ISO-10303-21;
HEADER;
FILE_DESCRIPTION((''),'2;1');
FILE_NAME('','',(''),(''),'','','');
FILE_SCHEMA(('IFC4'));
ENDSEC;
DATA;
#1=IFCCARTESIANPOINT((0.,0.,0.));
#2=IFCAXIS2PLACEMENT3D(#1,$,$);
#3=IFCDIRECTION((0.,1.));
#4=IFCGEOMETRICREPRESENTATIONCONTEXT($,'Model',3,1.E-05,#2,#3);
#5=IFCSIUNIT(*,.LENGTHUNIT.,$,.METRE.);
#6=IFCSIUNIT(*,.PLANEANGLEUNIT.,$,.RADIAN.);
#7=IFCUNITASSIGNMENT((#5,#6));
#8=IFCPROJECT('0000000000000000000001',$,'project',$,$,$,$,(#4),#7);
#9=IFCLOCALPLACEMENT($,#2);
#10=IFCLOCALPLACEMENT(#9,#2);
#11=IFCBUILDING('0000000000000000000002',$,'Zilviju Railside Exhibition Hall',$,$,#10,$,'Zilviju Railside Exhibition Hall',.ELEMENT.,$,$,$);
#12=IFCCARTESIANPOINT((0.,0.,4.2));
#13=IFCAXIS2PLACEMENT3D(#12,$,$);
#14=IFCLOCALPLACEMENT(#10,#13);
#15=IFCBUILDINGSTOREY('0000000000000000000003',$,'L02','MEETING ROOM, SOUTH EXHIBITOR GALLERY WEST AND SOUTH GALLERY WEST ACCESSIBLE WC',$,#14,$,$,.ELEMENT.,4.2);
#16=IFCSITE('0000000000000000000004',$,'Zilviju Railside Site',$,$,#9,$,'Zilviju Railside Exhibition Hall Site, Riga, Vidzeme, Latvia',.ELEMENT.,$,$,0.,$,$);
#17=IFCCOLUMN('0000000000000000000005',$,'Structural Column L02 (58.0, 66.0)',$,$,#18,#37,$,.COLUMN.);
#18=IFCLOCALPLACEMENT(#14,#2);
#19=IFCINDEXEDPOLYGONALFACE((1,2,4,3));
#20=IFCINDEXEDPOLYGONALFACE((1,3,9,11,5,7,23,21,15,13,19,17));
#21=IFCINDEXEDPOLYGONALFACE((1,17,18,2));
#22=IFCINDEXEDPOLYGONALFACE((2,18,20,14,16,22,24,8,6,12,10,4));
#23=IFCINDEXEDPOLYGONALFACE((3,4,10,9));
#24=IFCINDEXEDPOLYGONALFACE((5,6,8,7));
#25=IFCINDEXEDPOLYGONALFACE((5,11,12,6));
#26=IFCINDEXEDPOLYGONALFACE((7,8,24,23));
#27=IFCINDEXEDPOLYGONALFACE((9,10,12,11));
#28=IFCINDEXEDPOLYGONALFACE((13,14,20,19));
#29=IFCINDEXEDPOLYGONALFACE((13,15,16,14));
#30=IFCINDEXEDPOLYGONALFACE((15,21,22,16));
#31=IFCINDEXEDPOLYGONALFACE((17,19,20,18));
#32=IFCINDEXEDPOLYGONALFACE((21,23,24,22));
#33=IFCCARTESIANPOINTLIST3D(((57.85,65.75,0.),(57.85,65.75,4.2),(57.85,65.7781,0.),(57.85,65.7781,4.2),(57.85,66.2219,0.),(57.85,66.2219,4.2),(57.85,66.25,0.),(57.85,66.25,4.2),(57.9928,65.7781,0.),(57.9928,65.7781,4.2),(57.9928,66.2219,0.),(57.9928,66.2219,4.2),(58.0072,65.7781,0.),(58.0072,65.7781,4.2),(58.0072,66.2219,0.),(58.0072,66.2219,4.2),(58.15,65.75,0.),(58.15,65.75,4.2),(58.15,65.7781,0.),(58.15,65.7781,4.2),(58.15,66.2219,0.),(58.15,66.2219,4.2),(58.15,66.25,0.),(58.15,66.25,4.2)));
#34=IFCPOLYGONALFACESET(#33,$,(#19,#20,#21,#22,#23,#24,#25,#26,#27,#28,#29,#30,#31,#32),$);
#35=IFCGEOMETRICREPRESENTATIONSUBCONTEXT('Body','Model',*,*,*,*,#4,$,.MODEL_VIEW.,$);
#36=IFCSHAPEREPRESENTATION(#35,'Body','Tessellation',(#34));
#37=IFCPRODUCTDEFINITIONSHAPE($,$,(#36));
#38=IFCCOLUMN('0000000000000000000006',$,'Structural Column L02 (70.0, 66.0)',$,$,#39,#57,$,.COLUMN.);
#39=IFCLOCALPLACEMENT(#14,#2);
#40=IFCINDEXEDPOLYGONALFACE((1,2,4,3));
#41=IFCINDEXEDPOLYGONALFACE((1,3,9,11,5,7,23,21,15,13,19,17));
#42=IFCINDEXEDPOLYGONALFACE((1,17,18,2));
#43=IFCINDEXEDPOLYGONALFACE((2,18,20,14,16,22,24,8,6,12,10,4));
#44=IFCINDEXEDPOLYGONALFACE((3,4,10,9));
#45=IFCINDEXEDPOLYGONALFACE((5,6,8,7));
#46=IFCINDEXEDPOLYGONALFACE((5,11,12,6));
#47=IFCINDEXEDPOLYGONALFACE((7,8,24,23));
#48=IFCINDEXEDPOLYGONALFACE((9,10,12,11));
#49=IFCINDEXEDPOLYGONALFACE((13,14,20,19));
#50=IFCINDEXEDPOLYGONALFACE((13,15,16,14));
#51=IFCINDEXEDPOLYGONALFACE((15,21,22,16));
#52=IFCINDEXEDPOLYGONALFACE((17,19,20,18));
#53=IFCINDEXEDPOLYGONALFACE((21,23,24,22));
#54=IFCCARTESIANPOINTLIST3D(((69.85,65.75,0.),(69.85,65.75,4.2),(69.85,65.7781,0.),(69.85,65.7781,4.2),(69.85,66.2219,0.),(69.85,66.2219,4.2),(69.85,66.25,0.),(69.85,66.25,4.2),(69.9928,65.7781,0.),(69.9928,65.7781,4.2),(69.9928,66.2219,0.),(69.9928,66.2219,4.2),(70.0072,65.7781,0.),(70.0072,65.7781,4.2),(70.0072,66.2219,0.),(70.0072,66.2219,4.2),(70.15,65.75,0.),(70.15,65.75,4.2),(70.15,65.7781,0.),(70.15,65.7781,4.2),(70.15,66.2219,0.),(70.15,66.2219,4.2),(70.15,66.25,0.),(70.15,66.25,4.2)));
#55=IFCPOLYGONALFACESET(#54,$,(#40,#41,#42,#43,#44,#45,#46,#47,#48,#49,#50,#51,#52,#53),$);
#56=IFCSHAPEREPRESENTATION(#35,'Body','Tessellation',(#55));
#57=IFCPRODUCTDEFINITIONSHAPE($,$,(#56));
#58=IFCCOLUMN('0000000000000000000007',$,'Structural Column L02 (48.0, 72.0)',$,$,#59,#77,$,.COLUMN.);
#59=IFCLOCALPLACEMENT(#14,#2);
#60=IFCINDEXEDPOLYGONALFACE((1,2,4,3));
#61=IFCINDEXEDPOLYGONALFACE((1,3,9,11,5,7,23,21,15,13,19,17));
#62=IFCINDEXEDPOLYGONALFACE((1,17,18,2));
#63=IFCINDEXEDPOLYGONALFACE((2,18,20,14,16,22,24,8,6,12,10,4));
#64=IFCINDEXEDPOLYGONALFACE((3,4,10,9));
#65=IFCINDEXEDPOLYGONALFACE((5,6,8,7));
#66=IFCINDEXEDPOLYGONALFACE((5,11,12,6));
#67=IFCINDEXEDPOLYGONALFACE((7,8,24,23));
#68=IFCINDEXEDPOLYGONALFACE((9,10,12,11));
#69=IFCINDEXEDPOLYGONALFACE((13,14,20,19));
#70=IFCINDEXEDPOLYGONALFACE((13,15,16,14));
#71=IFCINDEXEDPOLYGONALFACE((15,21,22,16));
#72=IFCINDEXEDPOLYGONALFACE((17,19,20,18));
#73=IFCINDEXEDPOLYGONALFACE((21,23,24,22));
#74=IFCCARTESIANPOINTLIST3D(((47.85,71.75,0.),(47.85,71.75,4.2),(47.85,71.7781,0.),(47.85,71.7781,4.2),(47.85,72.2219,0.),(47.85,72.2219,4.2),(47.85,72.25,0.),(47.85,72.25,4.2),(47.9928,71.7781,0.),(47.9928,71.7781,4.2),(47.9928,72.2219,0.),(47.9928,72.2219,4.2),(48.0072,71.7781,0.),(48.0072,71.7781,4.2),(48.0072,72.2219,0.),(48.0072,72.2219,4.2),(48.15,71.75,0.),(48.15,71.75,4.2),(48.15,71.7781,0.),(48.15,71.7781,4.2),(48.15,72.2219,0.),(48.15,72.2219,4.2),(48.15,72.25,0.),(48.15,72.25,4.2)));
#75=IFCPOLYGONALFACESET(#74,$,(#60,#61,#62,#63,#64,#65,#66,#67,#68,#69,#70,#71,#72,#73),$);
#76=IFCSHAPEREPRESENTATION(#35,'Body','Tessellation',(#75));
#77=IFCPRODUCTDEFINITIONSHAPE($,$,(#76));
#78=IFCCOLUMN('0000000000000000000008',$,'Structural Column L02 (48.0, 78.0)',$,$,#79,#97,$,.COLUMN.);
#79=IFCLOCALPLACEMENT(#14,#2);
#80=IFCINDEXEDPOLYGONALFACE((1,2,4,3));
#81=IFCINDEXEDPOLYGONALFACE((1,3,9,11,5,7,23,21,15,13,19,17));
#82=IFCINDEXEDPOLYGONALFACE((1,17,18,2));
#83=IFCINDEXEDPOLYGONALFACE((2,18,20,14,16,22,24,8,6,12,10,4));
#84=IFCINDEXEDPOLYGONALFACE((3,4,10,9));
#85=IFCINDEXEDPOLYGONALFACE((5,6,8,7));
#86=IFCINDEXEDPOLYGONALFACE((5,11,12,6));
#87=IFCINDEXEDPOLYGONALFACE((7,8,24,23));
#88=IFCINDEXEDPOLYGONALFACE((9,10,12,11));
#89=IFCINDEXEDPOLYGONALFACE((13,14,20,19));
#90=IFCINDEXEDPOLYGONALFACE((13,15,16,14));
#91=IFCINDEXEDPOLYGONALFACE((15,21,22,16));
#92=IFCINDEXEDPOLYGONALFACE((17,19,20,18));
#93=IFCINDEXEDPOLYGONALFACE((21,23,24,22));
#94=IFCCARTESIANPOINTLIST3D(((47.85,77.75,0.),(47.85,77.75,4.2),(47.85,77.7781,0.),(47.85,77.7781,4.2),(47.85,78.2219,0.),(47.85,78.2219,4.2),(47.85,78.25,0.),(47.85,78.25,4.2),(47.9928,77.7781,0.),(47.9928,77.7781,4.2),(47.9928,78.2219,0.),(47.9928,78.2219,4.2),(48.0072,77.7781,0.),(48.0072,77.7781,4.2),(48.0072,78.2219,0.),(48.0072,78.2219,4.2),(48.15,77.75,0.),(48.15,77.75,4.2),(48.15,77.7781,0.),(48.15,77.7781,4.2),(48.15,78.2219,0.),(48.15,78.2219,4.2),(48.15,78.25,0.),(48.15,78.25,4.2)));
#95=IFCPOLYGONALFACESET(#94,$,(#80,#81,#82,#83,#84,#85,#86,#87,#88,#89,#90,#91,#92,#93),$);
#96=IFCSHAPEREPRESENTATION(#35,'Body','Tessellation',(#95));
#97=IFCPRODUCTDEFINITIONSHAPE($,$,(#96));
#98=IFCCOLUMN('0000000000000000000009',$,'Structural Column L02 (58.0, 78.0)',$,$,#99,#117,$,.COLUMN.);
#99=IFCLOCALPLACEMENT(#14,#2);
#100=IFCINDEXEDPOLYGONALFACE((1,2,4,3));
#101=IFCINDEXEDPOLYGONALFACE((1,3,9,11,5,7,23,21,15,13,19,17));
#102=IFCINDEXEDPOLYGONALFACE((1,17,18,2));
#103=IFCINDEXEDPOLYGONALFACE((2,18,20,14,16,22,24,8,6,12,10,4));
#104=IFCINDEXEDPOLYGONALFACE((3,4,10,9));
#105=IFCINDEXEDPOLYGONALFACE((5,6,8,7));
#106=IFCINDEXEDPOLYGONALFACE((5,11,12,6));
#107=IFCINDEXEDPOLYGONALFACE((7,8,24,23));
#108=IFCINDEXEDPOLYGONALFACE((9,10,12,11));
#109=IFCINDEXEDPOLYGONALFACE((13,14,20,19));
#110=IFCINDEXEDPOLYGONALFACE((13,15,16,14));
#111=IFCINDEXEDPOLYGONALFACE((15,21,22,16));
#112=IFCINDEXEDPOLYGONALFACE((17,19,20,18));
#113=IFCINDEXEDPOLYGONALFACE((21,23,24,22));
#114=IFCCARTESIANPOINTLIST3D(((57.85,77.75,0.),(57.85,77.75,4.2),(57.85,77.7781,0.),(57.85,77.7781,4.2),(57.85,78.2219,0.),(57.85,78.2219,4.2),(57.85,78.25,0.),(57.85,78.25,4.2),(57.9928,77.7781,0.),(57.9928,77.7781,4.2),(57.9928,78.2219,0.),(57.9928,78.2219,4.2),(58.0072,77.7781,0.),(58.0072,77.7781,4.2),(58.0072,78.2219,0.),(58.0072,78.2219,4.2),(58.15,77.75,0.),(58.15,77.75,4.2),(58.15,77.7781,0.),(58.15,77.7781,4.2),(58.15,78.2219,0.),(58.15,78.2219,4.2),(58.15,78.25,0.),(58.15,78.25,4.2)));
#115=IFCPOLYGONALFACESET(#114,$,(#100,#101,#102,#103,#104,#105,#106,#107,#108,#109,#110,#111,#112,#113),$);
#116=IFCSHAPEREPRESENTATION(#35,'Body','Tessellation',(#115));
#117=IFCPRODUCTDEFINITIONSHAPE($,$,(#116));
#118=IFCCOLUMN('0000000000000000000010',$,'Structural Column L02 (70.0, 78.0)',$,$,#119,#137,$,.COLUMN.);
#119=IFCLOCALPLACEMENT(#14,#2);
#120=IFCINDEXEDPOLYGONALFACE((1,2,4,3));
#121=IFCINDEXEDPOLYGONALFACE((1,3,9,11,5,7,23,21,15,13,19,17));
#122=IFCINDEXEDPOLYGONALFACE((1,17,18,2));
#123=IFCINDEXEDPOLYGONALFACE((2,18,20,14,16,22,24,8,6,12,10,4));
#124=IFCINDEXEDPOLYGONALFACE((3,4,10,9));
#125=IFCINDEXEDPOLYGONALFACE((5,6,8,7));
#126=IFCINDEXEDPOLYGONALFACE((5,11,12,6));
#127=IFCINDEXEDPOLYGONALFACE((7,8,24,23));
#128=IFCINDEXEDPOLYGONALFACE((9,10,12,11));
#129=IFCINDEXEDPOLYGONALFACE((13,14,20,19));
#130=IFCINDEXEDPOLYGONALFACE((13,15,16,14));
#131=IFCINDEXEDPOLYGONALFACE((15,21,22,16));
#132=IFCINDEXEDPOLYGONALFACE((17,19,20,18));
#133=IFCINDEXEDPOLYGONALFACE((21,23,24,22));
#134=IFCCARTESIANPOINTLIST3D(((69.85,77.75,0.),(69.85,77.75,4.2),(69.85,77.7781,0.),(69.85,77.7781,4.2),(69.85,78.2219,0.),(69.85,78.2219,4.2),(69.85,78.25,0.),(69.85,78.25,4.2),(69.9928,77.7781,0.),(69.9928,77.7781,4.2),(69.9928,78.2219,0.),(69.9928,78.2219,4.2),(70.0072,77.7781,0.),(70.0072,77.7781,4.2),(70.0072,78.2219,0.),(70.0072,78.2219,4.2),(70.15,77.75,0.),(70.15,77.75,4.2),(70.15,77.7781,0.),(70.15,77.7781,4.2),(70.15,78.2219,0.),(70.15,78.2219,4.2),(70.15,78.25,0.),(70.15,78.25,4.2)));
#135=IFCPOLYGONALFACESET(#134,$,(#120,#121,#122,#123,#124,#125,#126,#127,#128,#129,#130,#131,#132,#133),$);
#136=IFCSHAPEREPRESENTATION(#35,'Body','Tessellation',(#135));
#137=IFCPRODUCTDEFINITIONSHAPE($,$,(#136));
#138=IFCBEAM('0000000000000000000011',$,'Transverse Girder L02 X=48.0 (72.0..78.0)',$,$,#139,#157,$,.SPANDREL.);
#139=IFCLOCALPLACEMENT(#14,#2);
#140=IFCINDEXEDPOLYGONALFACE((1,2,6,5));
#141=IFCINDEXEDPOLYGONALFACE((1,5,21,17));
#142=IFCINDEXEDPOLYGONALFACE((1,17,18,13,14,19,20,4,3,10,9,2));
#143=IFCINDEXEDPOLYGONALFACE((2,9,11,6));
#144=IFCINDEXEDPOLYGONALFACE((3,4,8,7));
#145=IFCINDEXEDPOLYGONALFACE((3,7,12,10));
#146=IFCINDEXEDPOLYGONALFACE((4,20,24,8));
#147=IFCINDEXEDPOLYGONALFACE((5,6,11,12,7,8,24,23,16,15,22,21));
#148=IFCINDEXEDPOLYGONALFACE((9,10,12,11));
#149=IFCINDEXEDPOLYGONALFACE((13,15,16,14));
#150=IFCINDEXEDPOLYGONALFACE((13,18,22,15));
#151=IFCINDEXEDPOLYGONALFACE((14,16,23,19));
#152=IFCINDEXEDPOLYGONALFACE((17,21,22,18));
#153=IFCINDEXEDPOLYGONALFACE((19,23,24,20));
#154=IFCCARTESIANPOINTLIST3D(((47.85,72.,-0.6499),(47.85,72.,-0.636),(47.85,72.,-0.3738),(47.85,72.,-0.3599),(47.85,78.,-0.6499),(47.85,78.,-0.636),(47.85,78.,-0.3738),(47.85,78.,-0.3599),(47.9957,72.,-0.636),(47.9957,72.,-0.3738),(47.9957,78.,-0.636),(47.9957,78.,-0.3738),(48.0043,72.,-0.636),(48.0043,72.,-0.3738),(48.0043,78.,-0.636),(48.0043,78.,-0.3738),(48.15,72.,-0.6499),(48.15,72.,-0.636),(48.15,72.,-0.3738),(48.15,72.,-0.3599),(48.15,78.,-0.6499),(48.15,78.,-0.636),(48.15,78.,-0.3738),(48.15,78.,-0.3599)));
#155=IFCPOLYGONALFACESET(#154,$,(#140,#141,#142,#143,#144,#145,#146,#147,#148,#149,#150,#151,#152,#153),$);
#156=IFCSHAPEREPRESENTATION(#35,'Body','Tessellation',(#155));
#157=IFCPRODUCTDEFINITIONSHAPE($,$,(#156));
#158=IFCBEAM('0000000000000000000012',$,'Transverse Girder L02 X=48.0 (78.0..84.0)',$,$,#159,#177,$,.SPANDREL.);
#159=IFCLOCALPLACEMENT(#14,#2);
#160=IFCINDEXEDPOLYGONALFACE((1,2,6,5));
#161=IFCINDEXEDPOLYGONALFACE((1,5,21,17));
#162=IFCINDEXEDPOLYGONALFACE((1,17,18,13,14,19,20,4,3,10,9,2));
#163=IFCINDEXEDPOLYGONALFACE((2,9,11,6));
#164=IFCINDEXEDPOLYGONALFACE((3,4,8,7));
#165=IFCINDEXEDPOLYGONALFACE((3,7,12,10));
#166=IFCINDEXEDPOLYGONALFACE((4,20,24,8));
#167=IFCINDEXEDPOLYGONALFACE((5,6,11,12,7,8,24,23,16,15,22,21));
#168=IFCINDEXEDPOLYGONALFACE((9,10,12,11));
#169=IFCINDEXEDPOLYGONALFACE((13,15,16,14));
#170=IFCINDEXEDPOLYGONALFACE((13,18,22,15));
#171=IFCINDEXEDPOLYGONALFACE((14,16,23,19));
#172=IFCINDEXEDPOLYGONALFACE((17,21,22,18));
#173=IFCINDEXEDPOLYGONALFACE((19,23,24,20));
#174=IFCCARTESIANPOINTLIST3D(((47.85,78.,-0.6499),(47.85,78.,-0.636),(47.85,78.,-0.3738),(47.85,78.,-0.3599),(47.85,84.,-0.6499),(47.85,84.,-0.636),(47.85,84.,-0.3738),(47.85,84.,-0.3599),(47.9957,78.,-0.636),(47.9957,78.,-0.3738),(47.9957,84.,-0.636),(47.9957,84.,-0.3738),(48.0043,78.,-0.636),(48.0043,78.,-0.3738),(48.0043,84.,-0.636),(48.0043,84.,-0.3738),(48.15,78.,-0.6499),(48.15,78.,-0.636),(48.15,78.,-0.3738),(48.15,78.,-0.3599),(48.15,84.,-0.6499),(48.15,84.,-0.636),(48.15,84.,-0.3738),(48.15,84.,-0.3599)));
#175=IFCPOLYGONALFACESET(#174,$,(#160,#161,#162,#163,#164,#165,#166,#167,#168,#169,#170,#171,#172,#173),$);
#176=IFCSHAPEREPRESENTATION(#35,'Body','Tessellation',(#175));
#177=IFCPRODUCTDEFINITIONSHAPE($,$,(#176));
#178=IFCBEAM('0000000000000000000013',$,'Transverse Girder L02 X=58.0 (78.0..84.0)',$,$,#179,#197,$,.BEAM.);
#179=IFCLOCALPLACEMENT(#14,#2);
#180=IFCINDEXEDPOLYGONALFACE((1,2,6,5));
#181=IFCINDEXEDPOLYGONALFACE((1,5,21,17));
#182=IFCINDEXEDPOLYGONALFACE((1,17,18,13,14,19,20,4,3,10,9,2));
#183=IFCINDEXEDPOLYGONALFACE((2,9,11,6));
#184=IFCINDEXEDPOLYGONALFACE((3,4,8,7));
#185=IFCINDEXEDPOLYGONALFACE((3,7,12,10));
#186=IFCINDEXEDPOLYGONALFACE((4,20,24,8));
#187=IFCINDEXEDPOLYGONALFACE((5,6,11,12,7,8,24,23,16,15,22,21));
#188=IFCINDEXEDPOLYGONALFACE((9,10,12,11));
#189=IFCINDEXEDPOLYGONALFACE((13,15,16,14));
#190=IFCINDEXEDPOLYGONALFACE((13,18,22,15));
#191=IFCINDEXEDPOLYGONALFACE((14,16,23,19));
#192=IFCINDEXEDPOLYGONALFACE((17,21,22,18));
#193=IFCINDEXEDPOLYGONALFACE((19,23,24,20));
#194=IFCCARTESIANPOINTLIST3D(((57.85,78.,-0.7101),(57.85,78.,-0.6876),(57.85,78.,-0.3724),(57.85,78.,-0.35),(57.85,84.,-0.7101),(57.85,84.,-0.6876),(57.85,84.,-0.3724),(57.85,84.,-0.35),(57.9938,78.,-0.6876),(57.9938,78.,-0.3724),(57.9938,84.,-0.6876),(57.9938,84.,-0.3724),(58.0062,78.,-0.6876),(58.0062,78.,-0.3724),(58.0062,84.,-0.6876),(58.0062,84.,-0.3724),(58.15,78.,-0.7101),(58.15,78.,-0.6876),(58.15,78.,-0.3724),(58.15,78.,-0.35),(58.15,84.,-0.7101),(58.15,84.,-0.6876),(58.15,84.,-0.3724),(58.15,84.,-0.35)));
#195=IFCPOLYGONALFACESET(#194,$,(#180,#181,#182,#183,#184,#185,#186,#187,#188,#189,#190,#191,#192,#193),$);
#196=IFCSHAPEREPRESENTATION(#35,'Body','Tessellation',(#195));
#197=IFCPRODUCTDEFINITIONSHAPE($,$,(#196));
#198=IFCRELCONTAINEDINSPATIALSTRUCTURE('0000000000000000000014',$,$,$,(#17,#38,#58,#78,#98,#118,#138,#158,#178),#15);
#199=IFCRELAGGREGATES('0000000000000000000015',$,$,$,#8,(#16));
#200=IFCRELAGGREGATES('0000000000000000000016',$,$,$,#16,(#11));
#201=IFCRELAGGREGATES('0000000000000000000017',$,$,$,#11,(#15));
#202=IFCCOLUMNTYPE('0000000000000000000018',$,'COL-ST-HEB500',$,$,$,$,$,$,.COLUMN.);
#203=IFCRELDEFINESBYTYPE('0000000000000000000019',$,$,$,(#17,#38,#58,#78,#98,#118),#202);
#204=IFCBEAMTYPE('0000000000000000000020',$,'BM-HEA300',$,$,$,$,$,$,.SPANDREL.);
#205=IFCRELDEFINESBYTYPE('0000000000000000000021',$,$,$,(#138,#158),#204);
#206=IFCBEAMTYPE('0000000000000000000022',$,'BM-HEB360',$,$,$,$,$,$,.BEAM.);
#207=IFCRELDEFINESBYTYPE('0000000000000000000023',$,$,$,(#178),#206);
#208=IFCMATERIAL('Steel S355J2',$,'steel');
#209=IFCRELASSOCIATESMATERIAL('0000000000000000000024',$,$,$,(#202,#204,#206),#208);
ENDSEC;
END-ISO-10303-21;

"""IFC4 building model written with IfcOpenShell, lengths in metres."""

from ifc_helpers import new_model, si_unit, direction, frame, origin, origin_2d, place, context, subcontext, project, spatial, i_section, extrude, material, material_profile, profile_set, type_object, element, save


model = new_model("IFC4")

# Units and contexts
model_context = context("Model", 3, precision=1e-05, world=origin(), true_north=direction((0.0, 1.0)))
body_context = subcontext(model_context, "Body", "Model", "MODEL_VIEW")
ifc_project = project(units=[si_unit("LENGTHUNIT", "METRE"), si_unit("PLANEANGLEUNIT", "RADIAN")], contexts=[model_context])

# Site, building, storey
site_placement = place(None, origin())
site = spatial("IfcSite", under=ifc_project, at=site_placement, Name="Zilviju Railside Site", LongName="Zilviju Railside Exhibition Hall Site, Riga, Vidzeme, Latvia", CompositionType="ELEMENT", RefElevation=0.0)
building_placement = place(site_placement, origin())
building = spatial("IfcBuilding", under=site, at=building_placement, Name="Zilviju Railside Exhibition Hall", LongName="Zilviju Railside Exhibition Hall", CompositionType="ELEMENT")
storey_placement = place(building_placement, frame((0.0, 0.0, 4.2)))
storey = spatial("IfcBuildingStorey", under=building, at=storey_placement, Name="L02", Description="MEETING ROOM, SOUTH EXHIBITOR GALLERY WEST AND SOUTH GALLERY WEST ACCESSIBLE WC", CompositionType="ELEMENT", Elevation=4.2)

# Columns
ifc_material_1 = material(Name="Steel S355J2", Category="steel")
ifc_material_profile_1 = material_profile(ifc_material_1, i_section(OverallWidth=0.3, OverallDepth=0.5, WebThickness=0.0144, FlangeThickness=0.0281, at=origin_2d()), Name="HEB 500")
ifc_profile_set_1 = profile_set([ifc_material_profile_1], Name="Steel S355J2")
column_type = type_object("IfcColumnType", Name="COL-ST-HEB500", PredefinedType="COLUMN", material=ifc_profile_set_1)
for number, where, z_axis, x_axis, name in (
    (1, (58.0, 66.0, 0.0), (0.0, 0.0, 1.0), (1.0, 0.0, 0.0), "Structural Column L02 (58.0, 66.0)"),
    (2, (70.0, 66.0, 0.0), (0.0, 0.0, 1.0), (1.0, 0.0, 0.0), "Structural Column L02 (70.0, 66.0)"),
    (3, (48.0, 72.0, 0.0), (0.0, 0.0, 1.0), (1.0, 0.0, 0.0), "Structural Column L02 (48.0, 72.0)"),
    (4, (48.0, 78.0, 0.0), (0.0, 0.0, 1.0), (1.0, 0.0, 0.0), "Structural Column L02 (48.0, 78.0)"),
    (5, (58.0, 78.0, 0.0), (0.0, 0.0, 1.0), (1.0, 0.0, 0.0), "Structural Column L02 (58.0, 78.0)"),
    (6, (70.0, 78.0, 0.0), (0.0, 0.0, 1.0), (1.0, 0.0, 0.0), "Structural Column L02 (70.0, 78.0)"),
):
    element("IfcColumn", number, at=place(storey_placement, frame(where, z_axis=z_axis, x_axis=x_axis)), inside=storey, type_object=column_type, Name=name, PredefinedType="COLUMN", context=body_context, shape_type="SweptSolid", body=[
        extrude(i_section(OverallWidth=0.3, OverallDepth=0.5, WebThickness=0.0144, FlangeThickness=0.0281, at=origin_2d()), origin(), (0.0, 0.0, 1.0), 4.2),
    ])

# Beams
ifc_material_profile_2 = material_profile(ifc_material_1, i_section(OverallWidth=0.3, OverallDepth=0.29, WebThickness=0.0085, FlangeThickness=0.0139, at=origin_2d()), Name="HEA 300")
ifc_profile_set_2 = profile_set([ifc_material_profile_2], Name="Steel S355J2")
beam_type_1 = type_object("IfcBeamType", Name="BM-HEA300", PredefinedType="SPANDREL", material=ifc_profile_set_2)
for number, where, z_axis, x_axis, name in (
    (7, (48.0, 72.0, -0.5049), (0.0, 1.0, 0.0), (-1.0, 0.0, 0.0), "Transverse Girder L02 X=48.0 (72.0..78.0)"),
    (8, (48.0, 78.0, -0.5049), (0.0, 1.0, 0.0), (-1.0, 0.0, 0.0), "Transverse Girder L02 X=48.0 (78.0..84.0)"),
):
    element("IfcBeam", number, at=place(storey_placement, frame(where, z_axis=z_axis, x_axis=x_axis)), inside=storey, type_object=beam_type_1, Name=name, PredefinedType="SPANDREL", context=body_context, shape_type="SweptSolid", body=[
        extrude(i_section(OverallWidth=0.3, OverallDepth=0.29, WebThickness=0.0085, FlangeThickness=0.0139, at=origin_2d()), origin(), (0.0, 0.0, 1.0), 6.0),
    ])
ifc_material_profile_3 = material_profile(ifc_material_1, i_section(OverallWidth=0.3, OverallDepth=0.3601, WebThickness=0.0125, FlangeThickness=0.0225, at=origin_2d()), Name="HEB 360")
ifc_profile_set_3 = profile_set([ifc_material_profile_3], Name="Steel S355J2")
beam_type_2 = type_object("IfcBeamType", Name="BM-HEB360", PredefinedType="BEAM", material=ifc_profile_set_3)
for number, where, z_axis, x_axis, name in (
    (9, (58.0, 78.0, -0.53), (0.0, 1.0, 0.0), (-1.0, 0.0, 0.0), "Transverse Girder L02 X=58.0 (78.0..84.0)"),
):
    element("IfcBeam", number, at=place(storey_placement, frame(where, z_axis=z_axis, x_axis=x_axis)), inside=storey, type_object=beam_type_2, Name=name, PredefinedType="BEAM", context=body_context, shape_type="SweptSolid", body=[
        extrude(i_section(OverallWidth=0.3, OverallDepth=0.3601, WebThickness=0.0125, FlangeThickness=0.0225, at=origin_2d()), origin(), (0.0, 0.0, 1.0), 6.0),
    ])

save(model, "model.ifc")
